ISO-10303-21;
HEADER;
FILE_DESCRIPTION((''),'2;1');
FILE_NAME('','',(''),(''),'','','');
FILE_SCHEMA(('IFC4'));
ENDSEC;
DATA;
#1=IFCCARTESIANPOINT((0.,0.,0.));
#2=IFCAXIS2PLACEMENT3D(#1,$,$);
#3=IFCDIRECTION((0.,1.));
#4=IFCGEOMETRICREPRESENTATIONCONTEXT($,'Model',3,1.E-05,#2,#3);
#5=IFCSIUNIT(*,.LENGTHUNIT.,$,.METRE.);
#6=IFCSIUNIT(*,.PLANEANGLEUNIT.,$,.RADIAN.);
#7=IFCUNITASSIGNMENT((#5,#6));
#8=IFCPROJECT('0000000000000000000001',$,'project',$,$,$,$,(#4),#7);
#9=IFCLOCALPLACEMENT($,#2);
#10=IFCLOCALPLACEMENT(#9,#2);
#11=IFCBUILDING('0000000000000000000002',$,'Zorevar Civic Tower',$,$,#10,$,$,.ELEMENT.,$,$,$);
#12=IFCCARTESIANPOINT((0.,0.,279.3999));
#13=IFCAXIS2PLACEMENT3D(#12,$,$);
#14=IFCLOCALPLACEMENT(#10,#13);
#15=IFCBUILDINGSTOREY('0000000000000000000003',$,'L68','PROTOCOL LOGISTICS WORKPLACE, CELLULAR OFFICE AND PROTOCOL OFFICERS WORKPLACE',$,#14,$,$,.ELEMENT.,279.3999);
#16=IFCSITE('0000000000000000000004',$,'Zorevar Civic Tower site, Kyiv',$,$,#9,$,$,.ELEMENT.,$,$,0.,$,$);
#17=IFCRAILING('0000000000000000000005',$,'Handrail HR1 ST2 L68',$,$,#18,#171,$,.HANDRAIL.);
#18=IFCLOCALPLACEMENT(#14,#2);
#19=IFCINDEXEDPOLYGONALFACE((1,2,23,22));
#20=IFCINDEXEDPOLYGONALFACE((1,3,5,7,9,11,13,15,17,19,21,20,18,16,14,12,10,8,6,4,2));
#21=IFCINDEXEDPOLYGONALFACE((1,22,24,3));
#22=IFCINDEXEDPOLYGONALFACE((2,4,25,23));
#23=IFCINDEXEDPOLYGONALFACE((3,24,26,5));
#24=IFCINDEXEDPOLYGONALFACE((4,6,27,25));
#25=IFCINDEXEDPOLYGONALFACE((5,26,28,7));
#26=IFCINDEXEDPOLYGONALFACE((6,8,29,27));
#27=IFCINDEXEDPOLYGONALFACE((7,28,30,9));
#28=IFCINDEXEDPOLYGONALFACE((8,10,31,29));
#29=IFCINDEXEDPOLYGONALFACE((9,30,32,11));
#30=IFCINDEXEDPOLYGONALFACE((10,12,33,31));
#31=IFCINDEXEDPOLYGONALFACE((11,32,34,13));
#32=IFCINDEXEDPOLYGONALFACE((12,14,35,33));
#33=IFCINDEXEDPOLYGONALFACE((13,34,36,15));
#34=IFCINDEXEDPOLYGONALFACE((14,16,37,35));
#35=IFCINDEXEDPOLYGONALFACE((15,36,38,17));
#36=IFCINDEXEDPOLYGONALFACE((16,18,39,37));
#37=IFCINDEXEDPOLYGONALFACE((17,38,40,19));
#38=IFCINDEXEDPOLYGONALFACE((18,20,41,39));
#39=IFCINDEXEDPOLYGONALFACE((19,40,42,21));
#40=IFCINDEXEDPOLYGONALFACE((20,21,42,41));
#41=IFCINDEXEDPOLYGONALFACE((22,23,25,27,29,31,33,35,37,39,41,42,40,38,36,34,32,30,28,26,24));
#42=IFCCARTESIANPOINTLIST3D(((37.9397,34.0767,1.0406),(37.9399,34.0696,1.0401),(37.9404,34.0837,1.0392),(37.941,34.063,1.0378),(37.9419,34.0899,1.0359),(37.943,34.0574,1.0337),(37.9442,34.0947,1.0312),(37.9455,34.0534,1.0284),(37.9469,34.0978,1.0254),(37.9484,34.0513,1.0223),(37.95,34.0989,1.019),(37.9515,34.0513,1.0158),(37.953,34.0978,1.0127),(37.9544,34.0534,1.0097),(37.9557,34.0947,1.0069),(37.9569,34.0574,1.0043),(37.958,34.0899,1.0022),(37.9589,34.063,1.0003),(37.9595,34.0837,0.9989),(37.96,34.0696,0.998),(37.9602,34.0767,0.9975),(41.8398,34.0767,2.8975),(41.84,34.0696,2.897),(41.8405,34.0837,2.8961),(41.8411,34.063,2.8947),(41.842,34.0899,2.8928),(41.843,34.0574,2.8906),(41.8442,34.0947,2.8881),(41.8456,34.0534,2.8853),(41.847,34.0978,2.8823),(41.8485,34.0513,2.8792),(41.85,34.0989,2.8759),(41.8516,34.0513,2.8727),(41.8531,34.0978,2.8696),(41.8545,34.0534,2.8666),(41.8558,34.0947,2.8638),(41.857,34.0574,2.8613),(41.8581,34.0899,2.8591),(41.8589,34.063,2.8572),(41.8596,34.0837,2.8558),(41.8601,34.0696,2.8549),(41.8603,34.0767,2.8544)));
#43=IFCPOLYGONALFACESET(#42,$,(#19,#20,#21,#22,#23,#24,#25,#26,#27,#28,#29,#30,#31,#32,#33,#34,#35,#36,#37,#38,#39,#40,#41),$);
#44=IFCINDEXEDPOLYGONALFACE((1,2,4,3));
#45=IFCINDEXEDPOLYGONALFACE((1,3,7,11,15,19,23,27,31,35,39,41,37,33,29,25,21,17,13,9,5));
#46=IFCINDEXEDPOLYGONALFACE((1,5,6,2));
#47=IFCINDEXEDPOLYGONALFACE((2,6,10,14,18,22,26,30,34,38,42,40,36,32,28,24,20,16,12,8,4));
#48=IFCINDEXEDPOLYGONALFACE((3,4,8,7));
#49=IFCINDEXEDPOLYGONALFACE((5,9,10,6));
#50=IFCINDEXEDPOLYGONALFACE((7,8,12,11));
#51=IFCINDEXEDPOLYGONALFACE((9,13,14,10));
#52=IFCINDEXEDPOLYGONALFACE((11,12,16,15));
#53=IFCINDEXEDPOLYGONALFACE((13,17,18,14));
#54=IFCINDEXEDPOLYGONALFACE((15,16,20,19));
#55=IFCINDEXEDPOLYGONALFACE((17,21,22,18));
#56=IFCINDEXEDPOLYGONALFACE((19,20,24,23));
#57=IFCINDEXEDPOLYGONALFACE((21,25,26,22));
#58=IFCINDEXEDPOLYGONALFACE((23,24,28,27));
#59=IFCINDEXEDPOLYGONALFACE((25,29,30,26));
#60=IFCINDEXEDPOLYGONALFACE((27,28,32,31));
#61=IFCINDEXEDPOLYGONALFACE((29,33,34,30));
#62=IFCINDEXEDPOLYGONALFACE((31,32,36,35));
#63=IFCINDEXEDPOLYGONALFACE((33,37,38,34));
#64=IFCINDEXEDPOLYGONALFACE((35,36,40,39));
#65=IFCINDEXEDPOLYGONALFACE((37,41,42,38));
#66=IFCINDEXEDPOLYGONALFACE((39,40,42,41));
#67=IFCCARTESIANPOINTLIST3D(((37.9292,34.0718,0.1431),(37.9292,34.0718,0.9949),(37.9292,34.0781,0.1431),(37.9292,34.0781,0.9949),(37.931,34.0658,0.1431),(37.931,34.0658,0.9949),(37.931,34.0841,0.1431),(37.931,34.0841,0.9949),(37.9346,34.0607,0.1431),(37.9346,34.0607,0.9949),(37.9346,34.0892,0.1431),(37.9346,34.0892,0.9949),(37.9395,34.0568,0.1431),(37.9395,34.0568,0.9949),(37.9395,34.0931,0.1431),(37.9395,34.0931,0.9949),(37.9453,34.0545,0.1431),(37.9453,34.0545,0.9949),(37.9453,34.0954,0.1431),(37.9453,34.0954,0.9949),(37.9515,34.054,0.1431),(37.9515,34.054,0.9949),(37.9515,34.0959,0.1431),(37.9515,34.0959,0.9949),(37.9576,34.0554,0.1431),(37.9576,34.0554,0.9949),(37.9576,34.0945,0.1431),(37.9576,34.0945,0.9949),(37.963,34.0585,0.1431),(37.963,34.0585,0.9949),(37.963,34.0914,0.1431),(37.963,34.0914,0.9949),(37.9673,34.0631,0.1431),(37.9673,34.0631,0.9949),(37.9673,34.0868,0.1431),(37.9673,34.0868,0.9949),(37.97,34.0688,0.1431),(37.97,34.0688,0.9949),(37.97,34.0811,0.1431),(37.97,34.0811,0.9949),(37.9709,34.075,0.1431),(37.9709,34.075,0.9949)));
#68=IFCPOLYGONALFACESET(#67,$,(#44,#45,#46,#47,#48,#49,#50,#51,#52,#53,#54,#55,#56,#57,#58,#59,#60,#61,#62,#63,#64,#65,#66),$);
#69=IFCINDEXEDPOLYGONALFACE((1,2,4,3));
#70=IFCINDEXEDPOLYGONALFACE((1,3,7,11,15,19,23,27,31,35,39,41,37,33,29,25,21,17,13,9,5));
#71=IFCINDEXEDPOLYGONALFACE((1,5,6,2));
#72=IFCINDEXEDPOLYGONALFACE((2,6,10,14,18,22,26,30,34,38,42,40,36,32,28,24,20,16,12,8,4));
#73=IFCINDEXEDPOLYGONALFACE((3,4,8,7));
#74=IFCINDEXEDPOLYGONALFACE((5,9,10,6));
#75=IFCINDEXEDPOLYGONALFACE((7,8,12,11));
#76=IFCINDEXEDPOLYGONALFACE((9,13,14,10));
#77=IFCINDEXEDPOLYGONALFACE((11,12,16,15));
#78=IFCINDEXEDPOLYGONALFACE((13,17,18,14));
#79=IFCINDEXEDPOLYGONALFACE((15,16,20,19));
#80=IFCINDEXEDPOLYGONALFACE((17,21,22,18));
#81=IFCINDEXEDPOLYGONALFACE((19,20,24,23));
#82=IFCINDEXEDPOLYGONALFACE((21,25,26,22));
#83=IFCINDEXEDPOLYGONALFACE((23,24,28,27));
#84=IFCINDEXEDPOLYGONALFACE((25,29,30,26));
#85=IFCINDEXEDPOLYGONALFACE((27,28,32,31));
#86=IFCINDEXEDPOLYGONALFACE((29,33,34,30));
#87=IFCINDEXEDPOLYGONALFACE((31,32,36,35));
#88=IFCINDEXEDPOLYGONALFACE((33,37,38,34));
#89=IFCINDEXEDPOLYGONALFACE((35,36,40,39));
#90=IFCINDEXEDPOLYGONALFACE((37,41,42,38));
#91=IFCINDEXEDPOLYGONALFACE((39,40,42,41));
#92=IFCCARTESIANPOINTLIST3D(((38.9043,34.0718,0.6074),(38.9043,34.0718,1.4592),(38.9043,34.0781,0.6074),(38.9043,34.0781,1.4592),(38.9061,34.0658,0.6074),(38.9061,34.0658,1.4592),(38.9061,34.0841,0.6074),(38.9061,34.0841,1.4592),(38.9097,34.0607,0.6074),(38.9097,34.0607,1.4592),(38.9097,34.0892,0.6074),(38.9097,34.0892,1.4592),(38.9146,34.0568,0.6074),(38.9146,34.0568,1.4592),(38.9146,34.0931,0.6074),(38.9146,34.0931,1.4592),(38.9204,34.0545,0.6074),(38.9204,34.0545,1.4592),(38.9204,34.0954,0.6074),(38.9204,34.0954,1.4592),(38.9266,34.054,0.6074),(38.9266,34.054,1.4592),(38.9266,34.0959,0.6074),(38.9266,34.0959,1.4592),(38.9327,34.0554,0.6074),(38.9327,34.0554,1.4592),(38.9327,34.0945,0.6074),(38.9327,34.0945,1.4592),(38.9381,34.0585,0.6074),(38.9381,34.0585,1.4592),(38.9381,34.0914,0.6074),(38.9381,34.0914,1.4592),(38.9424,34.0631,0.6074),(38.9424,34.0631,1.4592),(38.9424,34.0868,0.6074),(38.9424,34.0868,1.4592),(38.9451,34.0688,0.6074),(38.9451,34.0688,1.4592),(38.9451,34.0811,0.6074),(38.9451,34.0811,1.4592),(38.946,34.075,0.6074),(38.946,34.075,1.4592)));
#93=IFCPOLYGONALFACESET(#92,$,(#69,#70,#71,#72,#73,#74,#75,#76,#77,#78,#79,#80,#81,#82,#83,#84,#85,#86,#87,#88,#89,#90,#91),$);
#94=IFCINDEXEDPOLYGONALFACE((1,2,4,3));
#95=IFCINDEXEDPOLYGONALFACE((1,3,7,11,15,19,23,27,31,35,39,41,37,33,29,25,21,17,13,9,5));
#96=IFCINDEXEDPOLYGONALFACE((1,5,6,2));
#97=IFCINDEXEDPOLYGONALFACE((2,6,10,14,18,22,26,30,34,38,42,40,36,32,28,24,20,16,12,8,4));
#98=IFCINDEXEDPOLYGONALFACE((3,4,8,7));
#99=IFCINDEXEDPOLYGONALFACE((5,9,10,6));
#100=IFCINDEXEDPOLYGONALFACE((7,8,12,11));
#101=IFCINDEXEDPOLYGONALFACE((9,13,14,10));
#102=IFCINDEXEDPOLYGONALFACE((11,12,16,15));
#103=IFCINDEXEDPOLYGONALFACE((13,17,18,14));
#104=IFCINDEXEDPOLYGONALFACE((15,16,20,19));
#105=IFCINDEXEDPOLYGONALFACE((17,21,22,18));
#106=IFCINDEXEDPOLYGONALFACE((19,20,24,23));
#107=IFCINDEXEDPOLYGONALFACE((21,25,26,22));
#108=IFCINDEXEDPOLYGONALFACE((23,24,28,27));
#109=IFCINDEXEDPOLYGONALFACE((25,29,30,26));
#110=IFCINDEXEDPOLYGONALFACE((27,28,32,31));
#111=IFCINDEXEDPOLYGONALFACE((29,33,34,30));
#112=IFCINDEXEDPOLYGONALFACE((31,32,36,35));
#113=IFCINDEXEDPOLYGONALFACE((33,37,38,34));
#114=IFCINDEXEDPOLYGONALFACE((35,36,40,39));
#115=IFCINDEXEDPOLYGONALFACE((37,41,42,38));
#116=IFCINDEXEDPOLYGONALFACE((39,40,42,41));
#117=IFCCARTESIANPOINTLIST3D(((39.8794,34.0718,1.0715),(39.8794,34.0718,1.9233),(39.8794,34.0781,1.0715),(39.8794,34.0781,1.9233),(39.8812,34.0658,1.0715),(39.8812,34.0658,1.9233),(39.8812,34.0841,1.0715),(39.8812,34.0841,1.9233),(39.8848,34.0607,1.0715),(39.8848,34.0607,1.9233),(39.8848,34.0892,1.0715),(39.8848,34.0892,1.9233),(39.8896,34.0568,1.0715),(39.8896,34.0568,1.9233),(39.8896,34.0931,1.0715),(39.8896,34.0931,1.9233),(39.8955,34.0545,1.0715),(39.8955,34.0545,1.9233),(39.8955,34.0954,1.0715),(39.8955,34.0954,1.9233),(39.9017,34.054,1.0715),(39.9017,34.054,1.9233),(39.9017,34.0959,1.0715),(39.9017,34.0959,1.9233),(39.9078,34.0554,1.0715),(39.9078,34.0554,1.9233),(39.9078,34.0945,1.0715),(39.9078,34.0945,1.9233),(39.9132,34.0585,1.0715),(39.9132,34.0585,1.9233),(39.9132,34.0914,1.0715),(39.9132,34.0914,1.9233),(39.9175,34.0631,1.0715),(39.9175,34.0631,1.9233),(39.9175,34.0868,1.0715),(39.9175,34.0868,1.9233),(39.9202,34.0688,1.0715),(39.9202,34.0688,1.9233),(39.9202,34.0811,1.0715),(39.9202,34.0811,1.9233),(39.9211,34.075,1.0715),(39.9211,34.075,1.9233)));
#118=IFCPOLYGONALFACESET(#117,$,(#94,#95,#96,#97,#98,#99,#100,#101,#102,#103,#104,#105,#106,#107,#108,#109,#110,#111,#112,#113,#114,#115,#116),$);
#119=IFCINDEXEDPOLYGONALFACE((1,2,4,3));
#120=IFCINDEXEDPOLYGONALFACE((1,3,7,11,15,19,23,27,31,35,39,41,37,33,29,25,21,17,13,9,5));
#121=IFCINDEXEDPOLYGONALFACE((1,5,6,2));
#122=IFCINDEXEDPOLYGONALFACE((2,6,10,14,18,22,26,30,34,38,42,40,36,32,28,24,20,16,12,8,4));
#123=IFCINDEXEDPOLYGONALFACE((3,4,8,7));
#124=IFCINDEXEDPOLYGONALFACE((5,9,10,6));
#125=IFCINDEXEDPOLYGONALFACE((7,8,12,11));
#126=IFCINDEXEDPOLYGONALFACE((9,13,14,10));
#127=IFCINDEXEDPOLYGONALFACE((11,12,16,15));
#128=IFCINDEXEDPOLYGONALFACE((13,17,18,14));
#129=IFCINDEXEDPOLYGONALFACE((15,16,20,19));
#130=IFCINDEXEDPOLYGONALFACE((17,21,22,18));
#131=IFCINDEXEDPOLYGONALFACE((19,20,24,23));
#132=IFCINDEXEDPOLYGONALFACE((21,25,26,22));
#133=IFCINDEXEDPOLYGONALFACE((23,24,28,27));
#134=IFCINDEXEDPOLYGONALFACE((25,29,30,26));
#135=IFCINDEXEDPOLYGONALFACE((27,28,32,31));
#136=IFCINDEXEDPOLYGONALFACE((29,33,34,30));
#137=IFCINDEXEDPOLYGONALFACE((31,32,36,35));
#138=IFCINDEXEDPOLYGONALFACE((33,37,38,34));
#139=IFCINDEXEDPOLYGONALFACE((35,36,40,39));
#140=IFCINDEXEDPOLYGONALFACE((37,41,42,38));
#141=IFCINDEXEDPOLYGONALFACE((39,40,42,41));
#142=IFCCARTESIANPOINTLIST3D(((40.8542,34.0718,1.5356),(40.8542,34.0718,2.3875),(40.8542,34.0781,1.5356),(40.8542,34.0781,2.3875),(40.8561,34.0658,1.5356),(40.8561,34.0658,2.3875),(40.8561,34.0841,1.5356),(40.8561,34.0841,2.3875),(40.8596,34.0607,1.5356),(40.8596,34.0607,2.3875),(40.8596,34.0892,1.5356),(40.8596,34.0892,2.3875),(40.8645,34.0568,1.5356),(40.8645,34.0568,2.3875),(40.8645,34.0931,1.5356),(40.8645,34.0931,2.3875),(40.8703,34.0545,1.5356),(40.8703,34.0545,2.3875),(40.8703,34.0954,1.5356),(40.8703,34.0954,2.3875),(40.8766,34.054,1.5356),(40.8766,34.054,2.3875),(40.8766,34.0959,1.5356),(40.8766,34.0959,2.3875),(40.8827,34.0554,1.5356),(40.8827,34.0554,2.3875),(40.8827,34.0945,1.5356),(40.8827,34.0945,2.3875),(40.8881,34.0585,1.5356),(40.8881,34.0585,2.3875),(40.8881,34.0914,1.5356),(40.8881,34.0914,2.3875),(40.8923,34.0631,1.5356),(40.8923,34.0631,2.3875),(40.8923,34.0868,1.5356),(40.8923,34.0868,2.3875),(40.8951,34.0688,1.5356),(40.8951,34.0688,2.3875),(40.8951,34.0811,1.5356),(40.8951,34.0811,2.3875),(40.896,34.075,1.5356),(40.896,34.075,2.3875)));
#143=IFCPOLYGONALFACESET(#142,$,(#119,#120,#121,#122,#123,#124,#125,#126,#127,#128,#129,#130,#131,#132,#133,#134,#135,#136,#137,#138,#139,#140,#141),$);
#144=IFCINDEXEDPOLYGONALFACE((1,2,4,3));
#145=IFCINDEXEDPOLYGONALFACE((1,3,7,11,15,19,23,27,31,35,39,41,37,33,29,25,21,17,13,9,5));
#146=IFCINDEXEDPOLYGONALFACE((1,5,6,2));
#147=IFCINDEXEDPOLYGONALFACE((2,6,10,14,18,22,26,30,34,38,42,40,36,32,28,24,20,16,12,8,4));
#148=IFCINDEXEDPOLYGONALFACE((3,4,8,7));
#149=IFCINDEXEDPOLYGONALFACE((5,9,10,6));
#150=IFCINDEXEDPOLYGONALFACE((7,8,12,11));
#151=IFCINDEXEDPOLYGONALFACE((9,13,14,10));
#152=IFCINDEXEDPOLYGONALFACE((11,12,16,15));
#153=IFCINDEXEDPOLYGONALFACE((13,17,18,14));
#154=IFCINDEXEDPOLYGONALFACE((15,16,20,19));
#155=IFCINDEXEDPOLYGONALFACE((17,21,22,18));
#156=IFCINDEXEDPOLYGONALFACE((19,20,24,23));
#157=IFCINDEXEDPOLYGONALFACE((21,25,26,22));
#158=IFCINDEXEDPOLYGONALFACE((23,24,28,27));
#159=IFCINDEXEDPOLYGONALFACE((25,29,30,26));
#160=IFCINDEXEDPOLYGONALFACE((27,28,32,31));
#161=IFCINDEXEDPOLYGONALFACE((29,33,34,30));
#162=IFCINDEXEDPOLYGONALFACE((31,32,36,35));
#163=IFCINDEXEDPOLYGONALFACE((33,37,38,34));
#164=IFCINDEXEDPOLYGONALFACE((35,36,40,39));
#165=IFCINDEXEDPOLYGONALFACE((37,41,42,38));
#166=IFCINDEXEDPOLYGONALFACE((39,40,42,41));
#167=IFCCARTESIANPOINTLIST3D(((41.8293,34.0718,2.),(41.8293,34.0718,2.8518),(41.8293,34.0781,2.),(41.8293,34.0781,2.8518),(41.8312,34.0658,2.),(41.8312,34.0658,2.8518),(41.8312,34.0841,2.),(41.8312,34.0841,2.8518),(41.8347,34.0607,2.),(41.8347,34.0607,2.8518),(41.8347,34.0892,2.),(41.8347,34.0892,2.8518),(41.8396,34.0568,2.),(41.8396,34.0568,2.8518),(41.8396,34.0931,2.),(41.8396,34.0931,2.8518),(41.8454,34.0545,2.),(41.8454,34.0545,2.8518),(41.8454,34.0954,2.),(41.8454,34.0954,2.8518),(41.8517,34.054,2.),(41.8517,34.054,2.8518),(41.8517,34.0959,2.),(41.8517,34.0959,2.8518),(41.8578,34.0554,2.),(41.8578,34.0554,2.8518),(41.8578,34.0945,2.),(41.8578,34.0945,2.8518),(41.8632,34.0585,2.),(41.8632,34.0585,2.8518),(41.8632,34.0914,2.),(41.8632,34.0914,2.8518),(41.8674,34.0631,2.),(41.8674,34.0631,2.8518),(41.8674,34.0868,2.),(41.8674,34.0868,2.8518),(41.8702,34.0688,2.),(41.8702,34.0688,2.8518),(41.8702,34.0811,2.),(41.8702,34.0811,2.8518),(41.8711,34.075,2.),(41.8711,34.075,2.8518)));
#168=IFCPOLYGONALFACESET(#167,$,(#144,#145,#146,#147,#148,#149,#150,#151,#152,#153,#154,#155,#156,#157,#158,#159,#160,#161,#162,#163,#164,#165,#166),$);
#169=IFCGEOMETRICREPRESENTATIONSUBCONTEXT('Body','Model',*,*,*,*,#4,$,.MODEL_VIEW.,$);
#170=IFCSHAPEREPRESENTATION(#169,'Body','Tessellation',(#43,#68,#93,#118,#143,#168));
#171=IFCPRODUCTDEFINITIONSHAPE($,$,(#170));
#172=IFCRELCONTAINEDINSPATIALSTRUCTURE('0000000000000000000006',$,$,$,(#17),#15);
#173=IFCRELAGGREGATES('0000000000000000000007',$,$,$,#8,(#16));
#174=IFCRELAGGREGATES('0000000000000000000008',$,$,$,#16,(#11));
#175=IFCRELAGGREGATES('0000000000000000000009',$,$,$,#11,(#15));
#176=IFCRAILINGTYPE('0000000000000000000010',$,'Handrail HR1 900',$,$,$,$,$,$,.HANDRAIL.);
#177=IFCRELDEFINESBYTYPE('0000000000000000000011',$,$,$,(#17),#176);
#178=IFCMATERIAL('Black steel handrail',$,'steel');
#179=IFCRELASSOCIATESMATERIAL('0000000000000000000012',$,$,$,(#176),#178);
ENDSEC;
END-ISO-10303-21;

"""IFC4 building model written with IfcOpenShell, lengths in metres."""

from ifc_helpers import new_model, si_unit, direction, frame, origin, origin_2d, place, context, subcontext, project, spatial, circle, extrude, material, type_object, element, save


model = new_model("IFC4")

# Units and contexts
model_context = context("Model", 3, precision=1e-05, world=origin(), true_north=direction((0.0, 1.0)))
body_context = subcontext(model_context, "Body", "Model", "MODEL_VIEW")
ifc_project = project(units=[si_unit("LENGTHUNIT", "METRE"), si_unit("PLANEANGLEUNIT", "RADIAN")], contexts=[model_context])

# Site, building, storey
site_placement = place(None, origin())
site = spatial("IfcSite", under=ifc_project, at=site_placement, Name="Zorevar Civic Tower site, Kyiv", CompositionType="ELEMENT", RefElevation=0.0)
building_placement = place(site_placement, origin())
building = spatial("IfcBuilding", under=site, at=building_placement, Name="Zorevar Civic Tower", CompositionType="ELEMENT")
storey_placement = place(building_placement, frame((0.0, 0.0, 279.3999)))
storey = spatial("IfcBuildingStorey", under=building, at=storey_placement, Name="L68", Description="PROTOCOL LOGISTICS WORKPLACE, CELLULAR OFFICE AND PROTOCOL OFFICERS WORKPLACE", CompositionType="ELEMENT", Elevation=279.3999)

# Railing
ifc_material_1 = material(Name="Black steel handrail", Category="steel")
railing_type = type_object("IfcRailingType", Name="Handrail HR1 900", PredefinedType="HANDRAIL", material=ifc_material_1)
railing_1_placement = place(storey_placement, frame((37.95, 34.075, 0.1431)))
element("IfcRailing", 1, at=railing_1_placement, inside=storey, type_object=railing_type, Name="Handrail HR1 ST2 L68", PredefinedType="HANDRAIL", context=body_context, shape_type="SweptSolid", body=[
    extrude(circle(Radius=0.0239, at=origin_2d()), frame((0.0, 0.0, 0.876), z_axis=(0.902886, 0.0, 0.429881), x_axis=(0.0, 1.0, 0.0)), (0.0, 0.0, 1.0), 4.3196),
    extrude(circle(Radius=0.021, at=origin_2d()), origin(), (0.0, 0.0, 1.0), 0.8518),
    extrude(circle(Radius=0.021, at=origin_2d()), frame((0.9751, 0.0, 0.4644)), (0.0, 0.0, 1.0), 0.8518),
    extrude(circle(Radius=0.021, at=origin_2d()), frame((1.9502, 0.0, 0.9285)), (0.0, 0.0, 1.0), 0.8518),
    extrude(circle(Radius=0.021, at=origin_2d()), frame((2.925, 0.0, 1.3926)), (0.0, 0.0, 1.0), 0.8518),
    extrude(circle(Radius=0.021, at=origin_2d()), frame((3.9001, 0.0, 1.8569)), (0.0, 0.0, 1.0), 0.8518),
])

save(model, "model.ifc")
